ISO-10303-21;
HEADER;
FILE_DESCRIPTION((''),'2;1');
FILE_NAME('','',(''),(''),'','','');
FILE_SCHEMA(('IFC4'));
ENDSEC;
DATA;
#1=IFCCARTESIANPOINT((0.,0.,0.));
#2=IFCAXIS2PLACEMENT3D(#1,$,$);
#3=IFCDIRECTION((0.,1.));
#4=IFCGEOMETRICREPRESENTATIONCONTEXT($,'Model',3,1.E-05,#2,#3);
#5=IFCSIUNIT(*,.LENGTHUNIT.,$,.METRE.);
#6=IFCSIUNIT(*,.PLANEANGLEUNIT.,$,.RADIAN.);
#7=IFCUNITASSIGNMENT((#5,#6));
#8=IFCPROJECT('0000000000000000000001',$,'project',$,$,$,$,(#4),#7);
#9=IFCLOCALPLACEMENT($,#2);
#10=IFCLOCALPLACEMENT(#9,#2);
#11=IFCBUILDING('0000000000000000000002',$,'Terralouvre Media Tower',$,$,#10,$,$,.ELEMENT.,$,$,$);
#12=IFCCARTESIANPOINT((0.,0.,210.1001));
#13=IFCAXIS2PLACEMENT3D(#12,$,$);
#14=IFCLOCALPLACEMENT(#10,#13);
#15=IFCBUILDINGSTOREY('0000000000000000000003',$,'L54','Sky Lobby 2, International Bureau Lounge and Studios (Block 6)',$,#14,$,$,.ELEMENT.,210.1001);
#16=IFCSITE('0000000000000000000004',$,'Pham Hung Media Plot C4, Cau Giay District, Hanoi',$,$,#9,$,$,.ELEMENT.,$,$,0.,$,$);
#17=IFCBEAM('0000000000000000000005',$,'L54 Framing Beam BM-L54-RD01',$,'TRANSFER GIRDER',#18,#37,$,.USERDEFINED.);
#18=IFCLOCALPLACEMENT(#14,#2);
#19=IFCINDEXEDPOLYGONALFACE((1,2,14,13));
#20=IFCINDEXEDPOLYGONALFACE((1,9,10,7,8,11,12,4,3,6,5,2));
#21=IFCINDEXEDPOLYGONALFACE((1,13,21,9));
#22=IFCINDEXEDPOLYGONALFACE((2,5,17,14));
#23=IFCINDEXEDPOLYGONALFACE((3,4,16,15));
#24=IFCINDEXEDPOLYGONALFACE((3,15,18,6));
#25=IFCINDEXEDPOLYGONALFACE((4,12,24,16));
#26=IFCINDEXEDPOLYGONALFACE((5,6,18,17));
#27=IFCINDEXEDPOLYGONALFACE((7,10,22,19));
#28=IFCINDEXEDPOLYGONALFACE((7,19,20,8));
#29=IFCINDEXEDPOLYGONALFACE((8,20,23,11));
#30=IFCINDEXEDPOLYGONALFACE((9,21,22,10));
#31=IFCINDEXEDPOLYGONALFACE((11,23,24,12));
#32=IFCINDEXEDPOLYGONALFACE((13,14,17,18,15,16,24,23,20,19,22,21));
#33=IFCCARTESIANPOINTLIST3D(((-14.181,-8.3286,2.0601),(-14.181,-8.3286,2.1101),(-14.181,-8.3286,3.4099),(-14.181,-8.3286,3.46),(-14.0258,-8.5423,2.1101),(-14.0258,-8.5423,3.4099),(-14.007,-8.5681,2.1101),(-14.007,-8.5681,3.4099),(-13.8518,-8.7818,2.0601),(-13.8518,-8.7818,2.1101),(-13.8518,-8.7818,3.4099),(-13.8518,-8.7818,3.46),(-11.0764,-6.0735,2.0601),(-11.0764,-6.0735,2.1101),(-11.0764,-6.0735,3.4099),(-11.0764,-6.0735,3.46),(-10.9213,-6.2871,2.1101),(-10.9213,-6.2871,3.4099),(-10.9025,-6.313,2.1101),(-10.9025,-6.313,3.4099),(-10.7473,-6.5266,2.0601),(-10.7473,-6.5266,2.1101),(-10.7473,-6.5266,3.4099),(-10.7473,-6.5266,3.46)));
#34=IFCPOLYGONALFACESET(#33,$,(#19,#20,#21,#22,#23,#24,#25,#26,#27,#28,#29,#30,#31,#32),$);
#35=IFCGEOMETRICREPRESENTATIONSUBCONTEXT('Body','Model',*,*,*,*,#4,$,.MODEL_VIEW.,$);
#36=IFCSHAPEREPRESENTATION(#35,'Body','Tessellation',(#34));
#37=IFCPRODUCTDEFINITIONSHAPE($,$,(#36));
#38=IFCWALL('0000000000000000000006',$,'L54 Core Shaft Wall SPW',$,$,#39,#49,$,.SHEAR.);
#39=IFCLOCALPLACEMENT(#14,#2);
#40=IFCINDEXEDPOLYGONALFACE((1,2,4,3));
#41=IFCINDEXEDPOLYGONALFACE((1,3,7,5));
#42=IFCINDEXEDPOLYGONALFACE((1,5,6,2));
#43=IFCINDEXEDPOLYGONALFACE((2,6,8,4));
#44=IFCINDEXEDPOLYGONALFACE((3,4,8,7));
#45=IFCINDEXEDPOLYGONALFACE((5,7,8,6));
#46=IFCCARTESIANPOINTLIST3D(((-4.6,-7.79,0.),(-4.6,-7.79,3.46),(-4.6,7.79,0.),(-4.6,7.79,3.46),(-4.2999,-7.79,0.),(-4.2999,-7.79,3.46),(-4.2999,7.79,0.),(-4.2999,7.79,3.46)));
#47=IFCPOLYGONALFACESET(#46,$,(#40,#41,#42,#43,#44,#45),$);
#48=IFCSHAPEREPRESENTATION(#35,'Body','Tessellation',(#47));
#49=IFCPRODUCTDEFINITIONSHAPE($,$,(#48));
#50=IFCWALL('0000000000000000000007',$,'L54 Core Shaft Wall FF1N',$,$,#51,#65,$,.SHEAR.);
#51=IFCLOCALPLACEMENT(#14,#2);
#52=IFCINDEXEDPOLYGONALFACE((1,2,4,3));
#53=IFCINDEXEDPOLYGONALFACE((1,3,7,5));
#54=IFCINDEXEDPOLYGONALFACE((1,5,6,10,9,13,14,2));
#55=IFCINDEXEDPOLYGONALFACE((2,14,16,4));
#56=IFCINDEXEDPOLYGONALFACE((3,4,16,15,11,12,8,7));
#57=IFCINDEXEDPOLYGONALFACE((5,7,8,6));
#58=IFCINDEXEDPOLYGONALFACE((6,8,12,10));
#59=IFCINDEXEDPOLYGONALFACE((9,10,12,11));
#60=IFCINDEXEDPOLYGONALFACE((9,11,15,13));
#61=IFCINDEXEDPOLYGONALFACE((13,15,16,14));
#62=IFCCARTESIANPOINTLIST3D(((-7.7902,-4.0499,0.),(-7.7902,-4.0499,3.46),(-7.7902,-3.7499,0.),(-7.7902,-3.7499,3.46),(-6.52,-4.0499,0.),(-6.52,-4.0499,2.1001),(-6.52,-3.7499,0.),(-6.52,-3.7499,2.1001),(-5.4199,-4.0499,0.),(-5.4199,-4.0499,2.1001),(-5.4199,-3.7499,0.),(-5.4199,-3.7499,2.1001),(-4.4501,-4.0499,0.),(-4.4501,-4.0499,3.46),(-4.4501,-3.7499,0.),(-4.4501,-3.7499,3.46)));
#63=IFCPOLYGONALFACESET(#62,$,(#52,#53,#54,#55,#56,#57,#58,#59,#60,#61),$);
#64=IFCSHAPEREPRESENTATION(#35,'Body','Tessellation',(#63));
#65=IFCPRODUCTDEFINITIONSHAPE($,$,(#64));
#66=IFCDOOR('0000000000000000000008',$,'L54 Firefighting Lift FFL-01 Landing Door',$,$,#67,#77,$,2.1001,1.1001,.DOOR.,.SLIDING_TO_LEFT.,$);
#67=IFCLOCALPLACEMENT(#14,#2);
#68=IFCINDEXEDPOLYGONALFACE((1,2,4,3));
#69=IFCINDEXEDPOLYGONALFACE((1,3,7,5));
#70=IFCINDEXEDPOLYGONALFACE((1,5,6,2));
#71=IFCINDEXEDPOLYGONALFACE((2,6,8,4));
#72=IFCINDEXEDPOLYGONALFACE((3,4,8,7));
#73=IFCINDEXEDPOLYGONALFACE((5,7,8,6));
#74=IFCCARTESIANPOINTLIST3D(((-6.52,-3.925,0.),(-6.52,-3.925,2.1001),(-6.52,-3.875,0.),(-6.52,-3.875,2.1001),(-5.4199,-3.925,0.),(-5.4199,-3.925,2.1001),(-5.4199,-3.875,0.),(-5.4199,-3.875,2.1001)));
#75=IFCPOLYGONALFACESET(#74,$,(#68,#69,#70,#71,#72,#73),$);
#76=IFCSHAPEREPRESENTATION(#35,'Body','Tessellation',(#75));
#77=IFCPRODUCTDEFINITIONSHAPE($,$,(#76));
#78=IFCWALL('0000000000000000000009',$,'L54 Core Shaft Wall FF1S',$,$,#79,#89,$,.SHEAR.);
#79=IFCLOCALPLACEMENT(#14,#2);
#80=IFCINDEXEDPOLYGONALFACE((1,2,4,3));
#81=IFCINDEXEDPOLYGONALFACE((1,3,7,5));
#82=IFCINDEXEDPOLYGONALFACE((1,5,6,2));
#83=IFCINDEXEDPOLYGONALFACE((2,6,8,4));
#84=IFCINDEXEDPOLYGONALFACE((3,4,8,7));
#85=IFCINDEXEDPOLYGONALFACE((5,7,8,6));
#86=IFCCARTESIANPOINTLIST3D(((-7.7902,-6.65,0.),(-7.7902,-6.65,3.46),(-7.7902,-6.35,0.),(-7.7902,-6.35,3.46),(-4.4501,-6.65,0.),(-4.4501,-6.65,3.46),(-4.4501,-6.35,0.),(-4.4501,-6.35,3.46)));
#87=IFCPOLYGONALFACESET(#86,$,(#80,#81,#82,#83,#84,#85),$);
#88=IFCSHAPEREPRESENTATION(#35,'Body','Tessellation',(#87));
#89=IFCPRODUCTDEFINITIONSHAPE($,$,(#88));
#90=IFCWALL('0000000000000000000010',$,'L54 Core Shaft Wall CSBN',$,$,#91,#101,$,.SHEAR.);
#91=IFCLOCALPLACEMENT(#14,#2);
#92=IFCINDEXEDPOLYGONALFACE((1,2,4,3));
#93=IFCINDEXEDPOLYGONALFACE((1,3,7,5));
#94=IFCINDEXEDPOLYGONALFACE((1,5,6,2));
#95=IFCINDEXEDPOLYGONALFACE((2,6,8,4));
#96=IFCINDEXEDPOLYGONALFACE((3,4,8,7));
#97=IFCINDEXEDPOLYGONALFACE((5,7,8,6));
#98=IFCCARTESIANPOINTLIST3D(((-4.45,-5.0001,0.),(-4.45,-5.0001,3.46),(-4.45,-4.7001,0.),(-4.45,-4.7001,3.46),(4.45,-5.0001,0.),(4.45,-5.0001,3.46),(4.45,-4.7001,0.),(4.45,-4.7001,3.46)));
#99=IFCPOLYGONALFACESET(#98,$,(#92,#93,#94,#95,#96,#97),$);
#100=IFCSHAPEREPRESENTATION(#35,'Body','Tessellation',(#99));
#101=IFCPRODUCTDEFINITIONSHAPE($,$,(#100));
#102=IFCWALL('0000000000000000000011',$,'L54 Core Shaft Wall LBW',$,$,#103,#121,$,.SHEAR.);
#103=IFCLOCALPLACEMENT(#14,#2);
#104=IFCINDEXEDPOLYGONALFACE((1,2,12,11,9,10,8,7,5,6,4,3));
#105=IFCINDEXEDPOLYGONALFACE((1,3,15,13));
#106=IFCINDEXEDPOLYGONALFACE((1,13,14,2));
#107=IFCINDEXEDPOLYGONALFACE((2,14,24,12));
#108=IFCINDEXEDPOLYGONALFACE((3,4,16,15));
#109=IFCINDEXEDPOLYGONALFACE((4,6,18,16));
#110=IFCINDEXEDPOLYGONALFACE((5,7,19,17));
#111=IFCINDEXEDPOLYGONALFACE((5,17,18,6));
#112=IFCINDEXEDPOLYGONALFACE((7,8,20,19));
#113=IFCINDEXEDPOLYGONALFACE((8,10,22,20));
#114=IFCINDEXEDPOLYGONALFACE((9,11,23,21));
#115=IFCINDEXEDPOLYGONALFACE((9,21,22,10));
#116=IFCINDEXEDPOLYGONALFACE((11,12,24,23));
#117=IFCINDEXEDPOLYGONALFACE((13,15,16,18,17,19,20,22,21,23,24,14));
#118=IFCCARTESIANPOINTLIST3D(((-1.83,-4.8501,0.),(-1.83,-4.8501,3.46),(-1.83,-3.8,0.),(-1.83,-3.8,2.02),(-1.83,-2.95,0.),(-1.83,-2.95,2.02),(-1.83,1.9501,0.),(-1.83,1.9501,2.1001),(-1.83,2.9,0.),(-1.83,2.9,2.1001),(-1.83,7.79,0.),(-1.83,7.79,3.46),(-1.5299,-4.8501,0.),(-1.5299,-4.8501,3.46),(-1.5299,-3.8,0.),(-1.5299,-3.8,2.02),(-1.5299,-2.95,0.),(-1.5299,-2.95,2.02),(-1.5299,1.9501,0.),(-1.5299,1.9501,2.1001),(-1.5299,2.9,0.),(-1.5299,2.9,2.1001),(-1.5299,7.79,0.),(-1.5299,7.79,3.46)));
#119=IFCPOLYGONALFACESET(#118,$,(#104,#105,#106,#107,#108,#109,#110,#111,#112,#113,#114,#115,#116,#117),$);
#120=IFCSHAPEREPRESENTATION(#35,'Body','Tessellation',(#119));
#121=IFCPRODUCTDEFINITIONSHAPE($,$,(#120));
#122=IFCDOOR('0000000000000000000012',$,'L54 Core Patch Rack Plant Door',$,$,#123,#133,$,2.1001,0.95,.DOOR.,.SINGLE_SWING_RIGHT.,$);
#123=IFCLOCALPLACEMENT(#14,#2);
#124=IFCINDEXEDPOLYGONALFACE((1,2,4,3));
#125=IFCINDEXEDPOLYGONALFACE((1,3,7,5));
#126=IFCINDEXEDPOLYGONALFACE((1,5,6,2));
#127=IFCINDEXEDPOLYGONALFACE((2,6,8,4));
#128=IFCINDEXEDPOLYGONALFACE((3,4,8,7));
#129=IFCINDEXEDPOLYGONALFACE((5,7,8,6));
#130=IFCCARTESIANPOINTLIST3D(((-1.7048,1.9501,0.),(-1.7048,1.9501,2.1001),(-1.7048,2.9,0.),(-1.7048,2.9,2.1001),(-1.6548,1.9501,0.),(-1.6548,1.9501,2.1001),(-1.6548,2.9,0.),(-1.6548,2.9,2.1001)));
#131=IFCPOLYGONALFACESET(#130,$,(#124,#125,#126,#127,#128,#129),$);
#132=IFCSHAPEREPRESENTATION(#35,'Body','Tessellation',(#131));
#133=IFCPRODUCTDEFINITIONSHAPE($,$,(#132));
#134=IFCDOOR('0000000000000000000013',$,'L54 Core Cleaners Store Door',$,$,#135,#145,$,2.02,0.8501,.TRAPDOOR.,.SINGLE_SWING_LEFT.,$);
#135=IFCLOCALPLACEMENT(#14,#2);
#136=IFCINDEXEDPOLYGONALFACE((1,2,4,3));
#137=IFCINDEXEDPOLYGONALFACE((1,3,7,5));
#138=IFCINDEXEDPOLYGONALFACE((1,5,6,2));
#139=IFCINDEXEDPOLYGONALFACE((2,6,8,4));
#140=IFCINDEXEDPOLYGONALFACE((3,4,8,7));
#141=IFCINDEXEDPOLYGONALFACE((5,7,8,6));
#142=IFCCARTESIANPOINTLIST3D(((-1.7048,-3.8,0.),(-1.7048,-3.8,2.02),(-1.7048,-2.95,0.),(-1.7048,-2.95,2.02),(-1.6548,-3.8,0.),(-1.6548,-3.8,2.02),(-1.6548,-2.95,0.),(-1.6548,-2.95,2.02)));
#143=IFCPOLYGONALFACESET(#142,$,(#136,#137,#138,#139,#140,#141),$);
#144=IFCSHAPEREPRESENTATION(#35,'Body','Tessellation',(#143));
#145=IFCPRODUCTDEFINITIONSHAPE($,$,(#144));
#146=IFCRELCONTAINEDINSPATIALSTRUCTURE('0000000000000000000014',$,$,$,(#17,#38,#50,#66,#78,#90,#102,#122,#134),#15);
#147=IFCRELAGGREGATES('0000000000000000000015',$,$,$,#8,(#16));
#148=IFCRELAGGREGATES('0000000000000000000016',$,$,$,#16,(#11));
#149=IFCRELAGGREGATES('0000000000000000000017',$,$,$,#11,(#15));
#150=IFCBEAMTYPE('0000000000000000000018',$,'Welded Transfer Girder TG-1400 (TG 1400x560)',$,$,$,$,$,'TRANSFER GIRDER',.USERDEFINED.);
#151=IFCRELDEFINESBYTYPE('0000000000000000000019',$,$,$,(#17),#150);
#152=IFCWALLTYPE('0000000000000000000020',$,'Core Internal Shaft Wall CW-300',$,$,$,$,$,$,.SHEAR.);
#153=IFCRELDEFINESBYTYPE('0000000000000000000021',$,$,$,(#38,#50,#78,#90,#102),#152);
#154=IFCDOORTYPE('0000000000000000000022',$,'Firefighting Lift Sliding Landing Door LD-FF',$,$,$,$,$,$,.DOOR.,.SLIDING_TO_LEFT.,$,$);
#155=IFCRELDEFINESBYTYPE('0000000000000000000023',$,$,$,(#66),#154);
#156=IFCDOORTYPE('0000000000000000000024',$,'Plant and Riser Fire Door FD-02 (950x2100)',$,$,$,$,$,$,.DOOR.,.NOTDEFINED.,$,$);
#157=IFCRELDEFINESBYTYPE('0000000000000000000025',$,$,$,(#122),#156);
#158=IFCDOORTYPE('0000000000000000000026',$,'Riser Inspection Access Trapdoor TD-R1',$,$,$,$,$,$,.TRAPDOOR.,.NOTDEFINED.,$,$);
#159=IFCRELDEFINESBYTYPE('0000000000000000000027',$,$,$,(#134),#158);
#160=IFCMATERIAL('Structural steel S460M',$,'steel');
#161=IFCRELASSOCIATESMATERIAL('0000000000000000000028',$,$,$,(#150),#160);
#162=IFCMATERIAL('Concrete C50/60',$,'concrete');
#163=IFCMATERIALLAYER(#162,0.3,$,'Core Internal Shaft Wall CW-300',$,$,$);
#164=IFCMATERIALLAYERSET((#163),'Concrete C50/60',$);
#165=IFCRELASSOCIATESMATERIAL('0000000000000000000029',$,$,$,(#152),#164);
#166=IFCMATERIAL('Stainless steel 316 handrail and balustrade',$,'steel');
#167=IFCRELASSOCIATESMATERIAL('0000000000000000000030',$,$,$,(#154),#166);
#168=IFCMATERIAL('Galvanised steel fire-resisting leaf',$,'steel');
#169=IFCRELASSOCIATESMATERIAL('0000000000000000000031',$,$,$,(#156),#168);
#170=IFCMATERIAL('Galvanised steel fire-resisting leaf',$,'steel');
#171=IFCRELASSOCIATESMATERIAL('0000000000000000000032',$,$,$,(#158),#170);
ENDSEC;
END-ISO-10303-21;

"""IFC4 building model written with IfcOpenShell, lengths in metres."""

from ifc_helpers import new_model, si_unit, direction, frame, frame_2d, origin, origin_2d, place, context, subcontext, project, spatial, rectangle, i_section, extrude, material, layer, layer_set, material_profile, profile_set, type_object, element, fill, save


model = new_model("IFC4")

# Units and contexts
model_context = context("Model", 3, precision=1e-05, world=origin(), true_north=direction((0.0, 1.0)))
body_context = subcontext(model_context, "Body", "Model", "MODEL_VIEW")
ifc_project = project(units=[si_unit("LENGTHUNIT", "METRE"), si_unit("PLANEANGLEUNIT", "RADIAN")], contexts=[model_context])

# Site, building, storey
site_placement = place(None, origin())
site = spatial("IfcSite", under=ifc_project, at=site_placement, Name="Pham Hung Media Plot C4, Cau Giay District, Hanoi", CompositionType="ELEMENT", RefElevation=0.0)
building_placement = place(site_placement, origin())
building = spatial("IfcBuilding", under=site, at=building_placement, Name="Terralouvre Media Tower", CompositionType="ELEMENT")
storey_placement = place(building_placement, frame((0.0, 0.0, 210.1001)))
storey = spatial("IfcBuildingStorey", under=building, at=storey_placement, Name="L54", Description="Sky Lobby 2, International Bureau Lounge and Studios (Block 6)", CompositionType="ELEMENT", Elevation=210.1001)

# Beam
ifc_material_1 = material(Name="Structural steel S460M", Category="steel")
ifc_material_profile_1 = material_profile(ifc_material_1, i_section(OverallWidth=0.5601, OverallDepth=1.3999, WebThickness=0.032, FlangeThickness=0.05, at=origin_2d()), Name="TG 1400x560")
ifc_profile_set_1 = profile_set([ifc_material_profile_1], Name="Structural steel S460M")
beam_type_1 = type_object("IfcBeamType", Name="Welded Transfer Girder TG-1400 (TG 1400x560)", ElementType="TRANSFER GIRDER", PredefinedType="USERDEFINED", material=ifc_profile_set_1)
beam_1_placement = place(storey_placement, frame((-10.9119, -6.3, 2.76), z_axis=(-0.809069, -0.587714, 0.0), x_axis=(0.587714, -0.809069, 0.0)))
element("IfcBeam", 1, at=beam_1_placement, inside=storey, type_object=beam_type_1, Name="L54 Framing Beam BM-L54-RD01", ObjectType="TRANSFER GIRDER", PredefinedType="USERDEFINED", context=body_context, shape_type="SweptSolid", body=[
    extrude(i_section(OverallWidth=0.5601, OverallDepth=1.3999, WebThickness=0.032, FlangeThickness=0.05, at=origin_2d()), origin(), (0.0, 0.0, 1.0), 3.8372),
])

# Wall
ifc_material_2 = material(Name="Concrete C50/60", Category="concrete")
ifc_layer_1 = layer(ifc_material_2, 0.3, Name="Core Internal Shaft Wall CW-300")
ifc_layer_set_1 = layer_set([ifc_layer_1], Name="Concrete C50/60")
wall_type_1 = type_object("IfcWallType", Name="Core Internal Shaft Wall CW-300", PredefinedType="SHEAR", material=ifc_layer_set_1)
wall_1_placement = place(storey_placement, frame((-4.45, -7.79, 0.0), z_axis=(0.0, 0.0, 1.0), x_axis=(0.0, 1.0, 0.0)))
element("IfcWall", 2, at=wall_1_placement, inside=storey, type_object=wall_type_1, Name="L54 Core Shaft Wall SPW", PredefinedType="SHEAR", context=body_context, shape_type="SweptSolid", body=[
    extrude(rectangle(XDim=15.5801, YDim=0.3, at=frame_2d((7.79, 0.0))), origin(), (0.0, 0.0, 1.0), 3.46),
])

# Wall, opening, door
wall_2_placement = place(storey_placement, frame((-7.79, -3.8999, 0.0), z_axis=(0.0, 0.0, 1.0), x_axis=(1.0, 0.0, 0.0)))
wall_2 = element("IfcWall", 3, at=wall_2_placement, inside=storey, type_object=wall_type_1, Name="L54 Core Shaft Wall FF1N", PredefinedType="SHEAR", context=body_context, shape_type="SweptSolid", body=[
    extrude(rectangle(XDim=3.3401, YDim=0.3, at=frame_2d((1.6699, 0.0))), origin(), (0.0, 0.0, 1.0), 3.46),
])
opening_1_placement = place(wall_2_placement, frame((1.27, 0.0, 0.0)))
opening_1 = element("IfcOpeningElement", 4, at=opening_1_placement, cuts=wall_2, PredefinedType="OPENING", context=body_context, shape_type="SweptSolid", body=[
    extrude(rectangle(XDim=1.1001, YDim=2.1001, at=frame_2d((0.55, 1.05))), frame((0.0, 0.1599, 0.0), z_axis=(0.0, -1.0, 0.0), x_axis=(1.0, 0.0, 0.0)), (0.0, 0.0, 1.0), 0.3201),
])
ifc_material_3 = material(Name="Stainless steel 316 handrail and balustrade", Category="steel")
door_type_1 = type_object("IfcDoorType", Name="Firefighting Lift Sliding Landing Door LD-FF", OperationType="SLIDING_TO_LEFT", PredefinedType="DOOR", material=ifc_material_3)
door_1_placement = place(opening_1_placement, origin())
door_1 = element("IfcDoor", 5, at=door_1_placement, inside=storey, type_object=door_type_1, Name="L54 Firefighting Lift FFL-01 Landing Door", OperationType="SLIDING_TO_LEFT", OverallHeight=2.1001, OverallWidth=1.1001, PredefinedType="DOOR", context=body_context, shape_type="SweptSolid", body=[
    extrude(rectangle(XDim=1.1001, YDim=2.1001, at=frame_2d((0.55, 1.05))), frame((0.0, 0.0249, 0.0), z_axis=(0.0, -1.0, 0.0), x_axis=(1.0, 0.0, 0.0)), (0.0, 0.0, 1.0), 0.05),
])
fill(opening_1, door_1)

# Walls
wall_3_placement = place(storey_placement, frame((-7.79, -6.5, 0.0), z_axis=(0.0, 0.0, 1.0), x_axis=(1.0, 0.0, 0.0)))
element("IfcWall", 6, at=wall_3_placement, inside=storey, type_object=wall_type_1, Name="L54 Core Shaft Wall FF1S", PredefinedType="SHEAR", context=body_context, shape_type="SweptSolid", body=[
    extrude(rectangle(XDim=3.3401, YDim=0.3, at=frame_2d((1.6699, 0.0))), origin(), (0.0, 0.0, 1.0), 3.46),
])
wall_4_placement = place(storey_placement, frame((-4.45, -4.8501, 0.0), z_axis=(0.0, 0.0, 1.0), x_axis=(1.0, 0.0, 0.0)))
element("IfcWall", 7, at=wall_4_placement, inside=storey, type_object=wall_type_1, Name="L54 Core Shaft Wall CSBN", PredefinedType="SHEAR", context=body_context, shape_type="SweptSolid", body=[
    extrude(rectangle(XDim=8.8999, YDim=0.3, at=frame_2d((4.45, 0.0))), origin(), (0.0, 0.0, 1.0), 3.46),
])

# Wall, openings, doors
wall_5_placement = place(storey_placement, frame((-1.6799, -4.8501, 0.0), z_axis=(0.0, 0.0, 1.0), x_axis=(0.0, 1.0, 0.0)))
wall_5 = element("IfcWall", 8, at=wall_5_placement, inside=storey, type_object=wall_type_1, Name="L54 Core Shaft Wall LBW", PredefinedType="SHEAR", context=body_context, shape_type="SweptSolid", body=[
    extrude(rectangle(XDim=12.6401, YDim=0.3, at=frame_2d((6.3201, 0.0))), origin(), (0.0, 0.0, 1.0), 3.46),
])
opening_2_placement = place(wall_5_placement, frame((1.05, 0.0, 0.0)))
opening_2 = element("IfcOpeningElement", 9, at=opening_2_placement, cuts=wall_5, PredefinedType="OPENING", context=body_context, shape_type="SweptSolid", body=[
    extrude(rectangle(XDim=0.8501, YDim=2.02, at=frame_2d((0.425, 1.01))), frame((0.0, 0.1599, 0.0), z_axis=(0.0, -1.0, 0.0), x_axis=(1.0, 0.0, 0.0)), (0.0, 0.0, 1.0), 0.3201),
])
opening_3_placement = place(wall_5_placement, frame((6.8, 0.0, 0.0)))
opening_3 = element("IfcOpeningElement", 10, at=opening_3_placement, cuts=wall_5, PredefinedType="OPENING", context=body_context, shape_type="SweptSolid", body=[
    extrude(rectangle(XDim=0.95, YDim=2.1001, at=frame_2d((0.4751, 1.05))), frame((0.0, 0.1599, 0.0), z_axis=(0.0, -1.0, 0.0), x_axis=(1.0, 0.0, 0.0)), (0.0, 0.0, 1.0), 0.3201),
])
ifc_material_4 = material(Name="Galvanised steel fire-resisting leaf", Category="steel")
door_type_2 = type_object("IfcDoorType", Name="Plant and Riser Fire Door FD-02 (950x2100)", OperationType="NOTDEFINED", PredefinedType="DOOR", material=ifc_material_4)
door_2_placement = place(opening_3_placement, origin())
door_2 = element("IfcDoor", 11, at=door_2_placement, inside=storey, type_object=door_type_2, Name="L54 Core Patch Rack Plant Door", OperationType="SINGLE_SWING_RIGHT", OverallHeight=2.1001, OverallWidth=0.95, PredefinedType="DOOR", context=body_context, shape_type="SweptSolid", body=[
    extrude(rectangle(XDim=0.95, YDim=2.1001, at=frame_2d((0.4751, 1.05))), frame((0.0, 0.0249, 0.0), z_axis=(0.0, -1.0, 0.0), x_axis=(1.0, 0.0, 0.0)), (0.0, 0.0, 1.0), 0.05),
])
fill(opening_3, door_2)
ifc_material_5 = material(Name="Galvanised steel fire-resisting leaf", Category="steel")
door_type_3 = type_object("IfcDoorType", Name="Riser Inspection Access Trapdoor TD-R1", OperationType="NOTDEFINED", PredefinedType="TRAPDOOR", material=ifc_material_5)
door_3_placement = place(opening_2_placement, origin())
door_3 = element("IfcDoor", 12, at=door_3_placement, inside=storey, type_object=door_type_3, Name="L54 Core Cleaners Store Door", OperationType="SINGLE_SWING_LEFT", OverallHeight=2.02, OverallWidth=0.8501, PredefinedType="TRAPDOOR", context=body_context, shape_type="SweptSolid", body=[
    extrude(rectangle(XDim=0.8501, YDim=2.02, at=frame_2d((0.425, 1.01))), frame((0.0, 0.0249, 0.0), z_axis=(0.0, -1.0, 0.0), x_axis=(1.0, 0.0, 0.0)), (0.0, 0.0, 1.0), 0.05),
])
fill(opening_2, door_3)

save(model, "model.ifc")
